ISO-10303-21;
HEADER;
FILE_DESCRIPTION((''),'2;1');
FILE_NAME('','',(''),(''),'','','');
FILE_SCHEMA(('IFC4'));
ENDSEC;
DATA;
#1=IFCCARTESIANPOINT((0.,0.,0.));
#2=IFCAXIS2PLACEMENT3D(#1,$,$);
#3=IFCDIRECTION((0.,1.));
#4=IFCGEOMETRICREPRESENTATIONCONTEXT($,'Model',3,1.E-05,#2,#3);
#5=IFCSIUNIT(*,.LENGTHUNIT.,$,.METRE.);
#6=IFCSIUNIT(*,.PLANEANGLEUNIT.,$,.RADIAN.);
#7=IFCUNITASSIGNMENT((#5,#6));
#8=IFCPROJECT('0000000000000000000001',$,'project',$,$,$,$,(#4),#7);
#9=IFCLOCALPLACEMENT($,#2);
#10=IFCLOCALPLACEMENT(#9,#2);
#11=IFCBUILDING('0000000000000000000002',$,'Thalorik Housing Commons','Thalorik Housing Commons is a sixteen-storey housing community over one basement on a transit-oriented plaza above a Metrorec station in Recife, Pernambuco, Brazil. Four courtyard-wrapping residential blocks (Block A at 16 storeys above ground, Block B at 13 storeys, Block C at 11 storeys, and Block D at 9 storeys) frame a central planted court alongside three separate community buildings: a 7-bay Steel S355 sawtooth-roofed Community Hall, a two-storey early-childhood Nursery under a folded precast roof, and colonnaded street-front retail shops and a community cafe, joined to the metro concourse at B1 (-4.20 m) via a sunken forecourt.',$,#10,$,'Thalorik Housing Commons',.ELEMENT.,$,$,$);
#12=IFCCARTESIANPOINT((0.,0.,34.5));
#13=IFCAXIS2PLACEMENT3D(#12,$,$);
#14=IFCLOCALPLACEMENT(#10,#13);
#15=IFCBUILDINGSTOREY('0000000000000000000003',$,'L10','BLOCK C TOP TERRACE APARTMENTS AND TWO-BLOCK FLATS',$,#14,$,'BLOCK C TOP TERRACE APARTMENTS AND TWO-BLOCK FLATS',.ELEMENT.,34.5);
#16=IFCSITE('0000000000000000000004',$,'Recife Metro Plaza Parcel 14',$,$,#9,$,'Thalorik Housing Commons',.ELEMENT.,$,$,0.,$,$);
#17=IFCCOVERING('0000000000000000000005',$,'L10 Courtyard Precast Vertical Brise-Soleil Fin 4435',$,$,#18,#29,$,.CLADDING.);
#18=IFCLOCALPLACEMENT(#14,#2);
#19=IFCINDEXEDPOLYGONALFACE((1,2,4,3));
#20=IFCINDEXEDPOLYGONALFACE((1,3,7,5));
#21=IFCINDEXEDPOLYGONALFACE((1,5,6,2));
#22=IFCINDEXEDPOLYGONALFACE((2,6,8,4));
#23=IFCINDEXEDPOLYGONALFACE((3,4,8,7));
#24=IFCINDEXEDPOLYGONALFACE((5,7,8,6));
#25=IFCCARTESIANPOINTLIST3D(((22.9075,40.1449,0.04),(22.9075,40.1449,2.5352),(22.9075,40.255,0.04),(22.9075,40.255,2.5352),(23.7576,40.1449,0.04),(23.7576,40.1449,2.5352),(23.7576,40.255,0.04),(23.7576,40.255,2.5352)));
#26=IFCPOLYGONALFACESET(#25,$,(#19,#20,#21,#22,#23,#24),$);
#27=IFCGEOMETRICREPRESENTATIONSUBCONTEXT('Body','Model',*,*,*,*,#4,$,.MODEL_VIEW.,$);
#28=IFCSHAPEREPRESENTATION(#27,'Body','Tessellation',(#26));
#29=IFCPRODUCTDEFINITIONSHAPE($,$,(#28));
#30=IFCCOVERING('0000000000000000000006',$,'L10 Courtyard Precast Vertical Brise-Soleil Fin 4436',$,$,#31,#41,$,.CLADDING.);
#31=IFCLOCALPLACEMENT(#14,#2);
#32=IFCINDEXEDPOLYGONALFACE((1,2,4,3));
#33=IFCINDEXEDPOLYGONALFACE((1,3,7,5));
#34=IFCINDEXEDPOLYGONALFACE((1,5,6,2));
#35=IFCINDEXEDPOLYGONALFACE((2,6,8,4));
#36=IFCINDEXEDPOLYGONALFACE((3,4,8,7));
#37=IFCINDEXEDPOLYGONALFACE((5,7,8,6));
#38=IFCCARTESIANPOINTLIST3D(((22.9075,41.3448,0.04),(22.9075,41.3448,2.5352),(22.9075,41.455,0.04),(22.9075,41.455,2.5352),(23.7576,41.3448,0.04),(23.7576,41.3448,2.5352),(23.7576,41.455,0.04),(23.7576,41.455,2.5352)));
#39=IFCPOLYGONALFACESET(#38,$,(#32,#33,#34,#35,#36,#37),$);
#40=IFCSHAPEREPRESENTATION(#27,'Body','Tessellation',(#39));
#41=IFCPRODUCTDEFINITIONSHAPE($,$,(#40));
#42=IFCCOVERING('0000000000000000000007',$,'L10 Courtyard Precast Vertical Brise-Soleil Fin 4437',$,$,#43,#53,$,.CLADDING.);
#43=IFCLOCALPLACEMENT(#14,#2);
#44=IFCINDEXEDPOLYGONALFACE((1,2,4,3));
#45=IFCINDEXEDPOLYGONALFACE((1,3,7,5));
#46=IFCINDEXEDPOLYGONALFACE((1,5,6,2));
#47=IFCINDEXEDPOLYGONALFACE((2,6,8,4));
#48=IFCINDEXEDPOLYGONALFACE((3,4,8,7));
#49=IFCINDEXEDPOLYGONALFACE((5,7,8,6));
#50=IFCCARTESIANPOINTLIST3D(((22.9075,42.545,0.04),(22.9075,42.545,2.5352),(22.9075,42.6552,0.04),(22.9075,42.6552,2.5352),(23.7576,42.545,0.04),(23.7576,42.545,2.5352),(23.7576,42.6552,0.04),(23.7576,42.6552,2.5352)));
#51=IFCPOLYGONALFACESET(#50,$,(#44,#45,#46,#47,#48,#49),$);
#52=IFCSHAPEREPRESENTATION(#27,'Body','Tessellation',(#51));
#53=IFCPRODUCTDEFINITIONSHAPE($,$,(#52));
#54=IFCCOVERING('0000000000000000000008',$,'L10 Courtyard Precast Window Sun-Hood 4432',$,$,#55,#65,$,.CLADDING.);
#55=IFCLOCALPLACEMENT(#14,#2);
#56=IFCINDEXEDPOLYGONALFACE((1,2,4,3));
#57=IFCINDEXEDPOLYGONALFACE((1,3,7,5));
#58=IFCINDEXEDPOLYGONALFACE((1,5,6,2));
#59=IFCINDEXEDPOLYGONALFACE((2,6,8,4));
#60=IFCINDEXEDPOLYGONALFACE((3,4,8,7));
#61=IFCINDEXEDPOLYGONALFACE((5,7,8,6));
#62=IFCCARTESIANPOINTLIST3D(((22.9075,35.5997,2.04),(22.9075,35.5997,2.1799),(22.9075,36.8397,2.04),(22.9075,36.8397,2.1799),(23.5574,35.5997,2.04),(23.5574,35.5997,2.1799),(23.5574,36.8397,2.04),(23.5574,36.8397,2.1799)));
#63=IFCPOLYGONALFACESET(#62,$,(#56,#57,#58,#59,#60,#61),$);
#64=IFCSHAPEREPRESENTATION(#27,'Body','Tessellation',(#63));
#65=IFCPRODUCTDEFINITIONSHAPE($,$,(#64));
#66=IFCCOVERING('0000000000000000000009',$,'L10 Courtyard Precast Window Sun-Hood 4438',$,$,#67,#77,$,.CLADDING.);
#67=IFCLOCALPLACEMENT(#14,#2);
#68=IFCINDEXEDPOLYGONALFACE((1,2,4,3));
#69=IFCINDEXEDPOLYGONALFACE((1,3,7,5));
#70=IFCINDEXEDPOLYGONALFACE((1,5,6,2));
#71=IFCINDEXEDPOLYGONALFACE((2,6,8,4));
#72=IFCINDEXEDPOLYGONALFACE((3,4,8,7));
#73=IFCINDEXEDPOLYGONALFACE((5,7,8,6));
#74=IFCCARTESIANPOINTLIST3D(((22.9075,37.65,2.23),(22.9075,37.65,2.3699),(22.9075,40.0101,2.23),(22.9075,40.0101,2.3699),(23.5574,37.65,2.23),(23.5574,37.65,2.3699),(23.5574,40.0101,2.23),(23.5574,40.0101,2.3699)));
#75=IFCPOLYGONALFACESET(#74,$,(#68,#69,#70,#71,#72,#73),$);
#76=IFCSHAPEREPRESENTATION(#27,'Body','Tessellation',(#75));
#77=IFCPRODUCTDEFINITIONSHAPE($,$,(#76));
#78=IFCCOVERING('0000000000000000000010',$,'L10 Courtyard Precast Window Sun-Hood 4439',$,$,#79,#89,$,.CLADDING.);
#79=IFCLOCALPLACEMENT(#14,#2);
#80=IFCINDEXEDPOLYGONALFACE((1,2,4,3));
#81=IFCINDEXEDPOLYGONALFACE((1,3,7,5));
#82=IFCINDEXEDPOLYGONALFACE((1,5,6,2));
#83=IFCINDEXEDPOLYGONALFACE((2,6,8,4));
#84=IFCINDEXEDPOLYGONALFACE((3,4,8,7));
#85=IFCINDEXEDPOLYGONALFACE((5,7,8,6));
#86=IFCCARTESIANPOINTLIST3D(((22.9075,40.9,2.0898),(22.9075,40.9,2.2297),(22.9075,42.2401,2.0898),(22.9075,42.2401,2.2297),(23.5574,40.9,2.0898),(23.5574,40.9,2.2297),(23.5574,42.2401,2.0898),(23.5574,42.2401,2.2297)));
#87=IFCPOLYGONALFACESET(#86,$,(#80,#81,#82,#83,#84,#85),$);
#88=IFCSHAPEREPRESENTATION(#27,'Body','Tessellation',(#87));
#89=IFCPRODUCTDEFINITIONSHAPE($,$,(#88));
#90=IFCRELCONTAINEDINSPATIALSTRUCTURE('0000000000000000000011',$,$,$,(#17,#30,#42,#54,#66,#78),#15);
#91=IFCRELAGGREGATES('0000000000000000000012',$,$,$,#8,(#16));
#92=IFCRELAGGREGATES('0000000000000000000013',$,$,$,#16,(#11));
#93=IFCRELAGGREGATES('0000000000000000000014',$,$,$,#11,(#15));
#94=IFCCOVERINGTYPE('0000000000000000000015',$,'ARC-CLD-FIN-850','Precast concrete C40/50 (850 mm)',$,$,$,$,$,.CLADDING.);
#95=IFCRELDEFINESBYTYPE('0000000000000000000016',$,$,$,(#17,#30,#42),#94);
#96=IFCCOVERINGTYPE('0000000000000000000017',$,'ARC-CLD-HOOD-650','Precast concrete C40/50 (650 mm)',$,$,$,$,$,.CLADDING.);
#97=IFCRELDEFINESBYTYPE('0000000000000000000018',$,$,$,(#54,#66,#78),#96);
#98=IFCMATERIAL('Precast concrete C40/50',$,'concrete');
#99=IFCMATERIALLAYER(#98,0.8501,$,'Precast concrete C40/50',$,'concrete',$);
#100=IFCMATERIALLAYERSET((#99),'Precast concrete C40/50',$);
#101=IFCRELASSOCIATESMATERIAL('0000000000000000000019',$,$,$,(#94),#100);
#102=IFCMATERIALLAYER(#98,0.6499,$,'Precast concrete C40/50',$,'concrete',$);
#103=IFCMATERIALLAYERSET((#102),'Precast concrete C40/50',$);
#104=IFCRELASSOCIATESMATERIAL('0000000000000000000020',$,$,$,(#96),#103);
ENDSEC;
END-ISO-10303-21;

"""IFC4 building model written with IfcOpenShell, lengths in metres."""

from ifc_helpers import new_model, si_unit, direction, frame, origin, origin_2d, place, context, subcontext, project, spatial, rectangle, extrude, material, layer, layer_set, type_object, element, save


model = new_model("IFC4")

# Units and contexts
model_context = context("Model", 3, precision=1e-05, world=origin(), true_north=direction((0.0, 1.0)))
body_context = subcontext(model_context, "Body", "Model", "MODEL_VIEW")
ifc_project = project(units=[si_unit("LENGTHUNIT", "METRE"), si_unit("PLANEANGLEUNIT", "RADIAN")], contexts=[model_context])

# Site, building, storey
site_placement = place(None, origin())
site = spatial("IfcSite", under=ifc_project, at=site_placement, Name="Recife Metro Plaza Parcel 14", LongName="Thalorik Housing Commons", CompositionType="ELEMENT", RefElevation=0.0)
building_placement = place(site_placement, origin())
building = spatial("IfcBuilding", under=site, at=building_placement, Name="Thalorik Housing Commons", Description="Thalorik Housing Commons is a sixteen-storey housing community over one basement on a transit-oriented plaza above a Metrorec station in Recife, Pernambuco, Brazil. Four courtyard-wrapping residential blocks (Block A at 16 storeys above ground, Block B at 13 storeys, Block C at 11 storeys, and Block D at 9 storeys) frame a central planted court alongside three separate community buildings: a 7-bay Steel S355 sawtooth-roofed Community Hall, a two-storey early-childhood Nursery under a folded precast roof, and colonnaded street-front retail shops and a community cafe, joined to the metro concourse at B1 (-4.20 m) via a sunken forecourt.", LongName="Thalorik Housing Commons", CompositionType="ELEMENT")
storey_placement = place(building_placement, frame((0.0, 0.0, 34.5)))
storey = spatial("IfcBuildingStorey", under=building, at=storey_placement, Name="L10", Description="BLOCK C TOP TERRACE APARTMENTS AND TWO-BLOCK FLATS", LongName="BLOCK C TOP TERRACE APARTMENTS AND TWO-BLOCK FLATS", CompositionType="ELEMENT", Elevation=34.5)

# Shared definitions
ifc_material_1 = material(Name="Precast concrete C40/50", Category="concrete")

# Coverings
ifc_layer_1 = layer(ifc_material_1, 0.8501, Name="Precast concrete C40/50", Category="concrete")
ifc_layer_set_1 = layer_set([ifc_layer_1], Name="Precast concrete C40/50")
covering_type_1 = type_object("IfcCoveringType", Name="ARC-CLD-FIN-850", Description="Precast concrete C40/50 (850 mm)", PredefinedType="CLADDING", material=ifc_layer_set_1)
for number, where, z_axis, x_axis, name in (
    (1, (23.3325, 40.2, 0.04), (0.0, 0.0, 1.0), (0.0, 1.0, 0.0), "L10 Courtyard Precast Vertical Brise-Soleil Fin 4435"),
    (2, (23.3325, 41.3999, 0.04), (0.0, 0.0, 1.0), (0.0, 1.0, 0.0), "L10 Courtyard Precast Vertical Brise-Soleil Fin 4436"),
    (3, (23.3325, 42.6001, 0.04), (0.0, 0.0, 1.0), (0.0, 1.0, 0.0), "L10 Courtyard Precast Vertical Brise-Soleil Fin 4437"),
):
    element("IfcCovering", number, at=place(storey_placement, frame(where, z_axis=z_axis, x_axis=x_axis)), inside=storey, type_object=covering_type_1, Name=name, PredefinedType="CLADDING", context=body_context, shape_type="SweptSolid", body=[
        extrude(rectangle(XDim=0.1101, YDim=0.8501, at=origin_2d()), origin(), (0.0, 0.0, 1.0), 2.4951),
    ])
ifc_layer_2 = layer(ifc_material_1, 0.6499, Name="Precast concrete C40/50", Category="concrete")
ifc_layer_set_2 = layer_set([ifc_layer_2], Name="Precast concrete C40/50")
covering_type_2 = type_object("IfcCoveringType", Name="ARC-CLD-HOOD-650", Description="Precast concrete C40/50 (650 mm)", PredefinedType="CLADDING", material=ifc_layer_set_2)
covering_1_placement = place(storey_placement, frame((23.2324, 36.2197, 2.04), z_axis=(0.0, 0.0, 1.0), x_axis=(0.0, 1.0, 0.0)))
element("IfcCovering", 4, at=covering_1_placement, inside=storey, type_object=covering_type_2, Name="L10 Courtyard Precast Window Sun-Hood 4432", PredefinedType="CLADDING", context=body_context, shape_type="SweptSolid", body=[
    extrude(rectangle(XDim=1.24, YDim=0.6499, at=origin_2d()), origin(), (0.0, 0.0, 1.0), 0.1399),
])
covering_2_placement = place(storey_placement, frame((23.2324, 38.8301, 2.23), z_axis=(0.0, 0.0, 1.0), x_axis=(0.0, 1.0, 0.0)))
element("IfcCovering", 5, at=covering_2_placement, inside=storey, type_object=covering_type_2, Name="L10 Courtyard Precast Window Sun-Hood 4438", PredefinedType="CLADDING", context=body_context, shape_type="SweptSolid", body=[
    extrude(rectangle(XDim=2.3601, YDim=0.6499, at=origin_2d()), origin(), (0.0, 0.0, 1.0), 0.1399),
])
covering_3_placement = place(storey_placement, frame((23.2324, 41.5701, 2.0898), z_axis=(0.0, 0.0, 1.0), x_axis=(0.0, 1.0, 0.0)))
element("IfcCovering", 6, at=covering_3_placement, inside=storey, type_object=covering_type_2, Name="L10 Courtyard Precast Window Sun-Hood 4439", PredefinedType="CLADDING", context=body_context, shape_type="SweptSolid", body=[
    extrude(rectangle(XDim=1.3401, YDim=0.6499, at=origin_2d()), origin(), (0.0, 0.0, 1.0), 0.1399),
])

save(model, "model.ifc")
